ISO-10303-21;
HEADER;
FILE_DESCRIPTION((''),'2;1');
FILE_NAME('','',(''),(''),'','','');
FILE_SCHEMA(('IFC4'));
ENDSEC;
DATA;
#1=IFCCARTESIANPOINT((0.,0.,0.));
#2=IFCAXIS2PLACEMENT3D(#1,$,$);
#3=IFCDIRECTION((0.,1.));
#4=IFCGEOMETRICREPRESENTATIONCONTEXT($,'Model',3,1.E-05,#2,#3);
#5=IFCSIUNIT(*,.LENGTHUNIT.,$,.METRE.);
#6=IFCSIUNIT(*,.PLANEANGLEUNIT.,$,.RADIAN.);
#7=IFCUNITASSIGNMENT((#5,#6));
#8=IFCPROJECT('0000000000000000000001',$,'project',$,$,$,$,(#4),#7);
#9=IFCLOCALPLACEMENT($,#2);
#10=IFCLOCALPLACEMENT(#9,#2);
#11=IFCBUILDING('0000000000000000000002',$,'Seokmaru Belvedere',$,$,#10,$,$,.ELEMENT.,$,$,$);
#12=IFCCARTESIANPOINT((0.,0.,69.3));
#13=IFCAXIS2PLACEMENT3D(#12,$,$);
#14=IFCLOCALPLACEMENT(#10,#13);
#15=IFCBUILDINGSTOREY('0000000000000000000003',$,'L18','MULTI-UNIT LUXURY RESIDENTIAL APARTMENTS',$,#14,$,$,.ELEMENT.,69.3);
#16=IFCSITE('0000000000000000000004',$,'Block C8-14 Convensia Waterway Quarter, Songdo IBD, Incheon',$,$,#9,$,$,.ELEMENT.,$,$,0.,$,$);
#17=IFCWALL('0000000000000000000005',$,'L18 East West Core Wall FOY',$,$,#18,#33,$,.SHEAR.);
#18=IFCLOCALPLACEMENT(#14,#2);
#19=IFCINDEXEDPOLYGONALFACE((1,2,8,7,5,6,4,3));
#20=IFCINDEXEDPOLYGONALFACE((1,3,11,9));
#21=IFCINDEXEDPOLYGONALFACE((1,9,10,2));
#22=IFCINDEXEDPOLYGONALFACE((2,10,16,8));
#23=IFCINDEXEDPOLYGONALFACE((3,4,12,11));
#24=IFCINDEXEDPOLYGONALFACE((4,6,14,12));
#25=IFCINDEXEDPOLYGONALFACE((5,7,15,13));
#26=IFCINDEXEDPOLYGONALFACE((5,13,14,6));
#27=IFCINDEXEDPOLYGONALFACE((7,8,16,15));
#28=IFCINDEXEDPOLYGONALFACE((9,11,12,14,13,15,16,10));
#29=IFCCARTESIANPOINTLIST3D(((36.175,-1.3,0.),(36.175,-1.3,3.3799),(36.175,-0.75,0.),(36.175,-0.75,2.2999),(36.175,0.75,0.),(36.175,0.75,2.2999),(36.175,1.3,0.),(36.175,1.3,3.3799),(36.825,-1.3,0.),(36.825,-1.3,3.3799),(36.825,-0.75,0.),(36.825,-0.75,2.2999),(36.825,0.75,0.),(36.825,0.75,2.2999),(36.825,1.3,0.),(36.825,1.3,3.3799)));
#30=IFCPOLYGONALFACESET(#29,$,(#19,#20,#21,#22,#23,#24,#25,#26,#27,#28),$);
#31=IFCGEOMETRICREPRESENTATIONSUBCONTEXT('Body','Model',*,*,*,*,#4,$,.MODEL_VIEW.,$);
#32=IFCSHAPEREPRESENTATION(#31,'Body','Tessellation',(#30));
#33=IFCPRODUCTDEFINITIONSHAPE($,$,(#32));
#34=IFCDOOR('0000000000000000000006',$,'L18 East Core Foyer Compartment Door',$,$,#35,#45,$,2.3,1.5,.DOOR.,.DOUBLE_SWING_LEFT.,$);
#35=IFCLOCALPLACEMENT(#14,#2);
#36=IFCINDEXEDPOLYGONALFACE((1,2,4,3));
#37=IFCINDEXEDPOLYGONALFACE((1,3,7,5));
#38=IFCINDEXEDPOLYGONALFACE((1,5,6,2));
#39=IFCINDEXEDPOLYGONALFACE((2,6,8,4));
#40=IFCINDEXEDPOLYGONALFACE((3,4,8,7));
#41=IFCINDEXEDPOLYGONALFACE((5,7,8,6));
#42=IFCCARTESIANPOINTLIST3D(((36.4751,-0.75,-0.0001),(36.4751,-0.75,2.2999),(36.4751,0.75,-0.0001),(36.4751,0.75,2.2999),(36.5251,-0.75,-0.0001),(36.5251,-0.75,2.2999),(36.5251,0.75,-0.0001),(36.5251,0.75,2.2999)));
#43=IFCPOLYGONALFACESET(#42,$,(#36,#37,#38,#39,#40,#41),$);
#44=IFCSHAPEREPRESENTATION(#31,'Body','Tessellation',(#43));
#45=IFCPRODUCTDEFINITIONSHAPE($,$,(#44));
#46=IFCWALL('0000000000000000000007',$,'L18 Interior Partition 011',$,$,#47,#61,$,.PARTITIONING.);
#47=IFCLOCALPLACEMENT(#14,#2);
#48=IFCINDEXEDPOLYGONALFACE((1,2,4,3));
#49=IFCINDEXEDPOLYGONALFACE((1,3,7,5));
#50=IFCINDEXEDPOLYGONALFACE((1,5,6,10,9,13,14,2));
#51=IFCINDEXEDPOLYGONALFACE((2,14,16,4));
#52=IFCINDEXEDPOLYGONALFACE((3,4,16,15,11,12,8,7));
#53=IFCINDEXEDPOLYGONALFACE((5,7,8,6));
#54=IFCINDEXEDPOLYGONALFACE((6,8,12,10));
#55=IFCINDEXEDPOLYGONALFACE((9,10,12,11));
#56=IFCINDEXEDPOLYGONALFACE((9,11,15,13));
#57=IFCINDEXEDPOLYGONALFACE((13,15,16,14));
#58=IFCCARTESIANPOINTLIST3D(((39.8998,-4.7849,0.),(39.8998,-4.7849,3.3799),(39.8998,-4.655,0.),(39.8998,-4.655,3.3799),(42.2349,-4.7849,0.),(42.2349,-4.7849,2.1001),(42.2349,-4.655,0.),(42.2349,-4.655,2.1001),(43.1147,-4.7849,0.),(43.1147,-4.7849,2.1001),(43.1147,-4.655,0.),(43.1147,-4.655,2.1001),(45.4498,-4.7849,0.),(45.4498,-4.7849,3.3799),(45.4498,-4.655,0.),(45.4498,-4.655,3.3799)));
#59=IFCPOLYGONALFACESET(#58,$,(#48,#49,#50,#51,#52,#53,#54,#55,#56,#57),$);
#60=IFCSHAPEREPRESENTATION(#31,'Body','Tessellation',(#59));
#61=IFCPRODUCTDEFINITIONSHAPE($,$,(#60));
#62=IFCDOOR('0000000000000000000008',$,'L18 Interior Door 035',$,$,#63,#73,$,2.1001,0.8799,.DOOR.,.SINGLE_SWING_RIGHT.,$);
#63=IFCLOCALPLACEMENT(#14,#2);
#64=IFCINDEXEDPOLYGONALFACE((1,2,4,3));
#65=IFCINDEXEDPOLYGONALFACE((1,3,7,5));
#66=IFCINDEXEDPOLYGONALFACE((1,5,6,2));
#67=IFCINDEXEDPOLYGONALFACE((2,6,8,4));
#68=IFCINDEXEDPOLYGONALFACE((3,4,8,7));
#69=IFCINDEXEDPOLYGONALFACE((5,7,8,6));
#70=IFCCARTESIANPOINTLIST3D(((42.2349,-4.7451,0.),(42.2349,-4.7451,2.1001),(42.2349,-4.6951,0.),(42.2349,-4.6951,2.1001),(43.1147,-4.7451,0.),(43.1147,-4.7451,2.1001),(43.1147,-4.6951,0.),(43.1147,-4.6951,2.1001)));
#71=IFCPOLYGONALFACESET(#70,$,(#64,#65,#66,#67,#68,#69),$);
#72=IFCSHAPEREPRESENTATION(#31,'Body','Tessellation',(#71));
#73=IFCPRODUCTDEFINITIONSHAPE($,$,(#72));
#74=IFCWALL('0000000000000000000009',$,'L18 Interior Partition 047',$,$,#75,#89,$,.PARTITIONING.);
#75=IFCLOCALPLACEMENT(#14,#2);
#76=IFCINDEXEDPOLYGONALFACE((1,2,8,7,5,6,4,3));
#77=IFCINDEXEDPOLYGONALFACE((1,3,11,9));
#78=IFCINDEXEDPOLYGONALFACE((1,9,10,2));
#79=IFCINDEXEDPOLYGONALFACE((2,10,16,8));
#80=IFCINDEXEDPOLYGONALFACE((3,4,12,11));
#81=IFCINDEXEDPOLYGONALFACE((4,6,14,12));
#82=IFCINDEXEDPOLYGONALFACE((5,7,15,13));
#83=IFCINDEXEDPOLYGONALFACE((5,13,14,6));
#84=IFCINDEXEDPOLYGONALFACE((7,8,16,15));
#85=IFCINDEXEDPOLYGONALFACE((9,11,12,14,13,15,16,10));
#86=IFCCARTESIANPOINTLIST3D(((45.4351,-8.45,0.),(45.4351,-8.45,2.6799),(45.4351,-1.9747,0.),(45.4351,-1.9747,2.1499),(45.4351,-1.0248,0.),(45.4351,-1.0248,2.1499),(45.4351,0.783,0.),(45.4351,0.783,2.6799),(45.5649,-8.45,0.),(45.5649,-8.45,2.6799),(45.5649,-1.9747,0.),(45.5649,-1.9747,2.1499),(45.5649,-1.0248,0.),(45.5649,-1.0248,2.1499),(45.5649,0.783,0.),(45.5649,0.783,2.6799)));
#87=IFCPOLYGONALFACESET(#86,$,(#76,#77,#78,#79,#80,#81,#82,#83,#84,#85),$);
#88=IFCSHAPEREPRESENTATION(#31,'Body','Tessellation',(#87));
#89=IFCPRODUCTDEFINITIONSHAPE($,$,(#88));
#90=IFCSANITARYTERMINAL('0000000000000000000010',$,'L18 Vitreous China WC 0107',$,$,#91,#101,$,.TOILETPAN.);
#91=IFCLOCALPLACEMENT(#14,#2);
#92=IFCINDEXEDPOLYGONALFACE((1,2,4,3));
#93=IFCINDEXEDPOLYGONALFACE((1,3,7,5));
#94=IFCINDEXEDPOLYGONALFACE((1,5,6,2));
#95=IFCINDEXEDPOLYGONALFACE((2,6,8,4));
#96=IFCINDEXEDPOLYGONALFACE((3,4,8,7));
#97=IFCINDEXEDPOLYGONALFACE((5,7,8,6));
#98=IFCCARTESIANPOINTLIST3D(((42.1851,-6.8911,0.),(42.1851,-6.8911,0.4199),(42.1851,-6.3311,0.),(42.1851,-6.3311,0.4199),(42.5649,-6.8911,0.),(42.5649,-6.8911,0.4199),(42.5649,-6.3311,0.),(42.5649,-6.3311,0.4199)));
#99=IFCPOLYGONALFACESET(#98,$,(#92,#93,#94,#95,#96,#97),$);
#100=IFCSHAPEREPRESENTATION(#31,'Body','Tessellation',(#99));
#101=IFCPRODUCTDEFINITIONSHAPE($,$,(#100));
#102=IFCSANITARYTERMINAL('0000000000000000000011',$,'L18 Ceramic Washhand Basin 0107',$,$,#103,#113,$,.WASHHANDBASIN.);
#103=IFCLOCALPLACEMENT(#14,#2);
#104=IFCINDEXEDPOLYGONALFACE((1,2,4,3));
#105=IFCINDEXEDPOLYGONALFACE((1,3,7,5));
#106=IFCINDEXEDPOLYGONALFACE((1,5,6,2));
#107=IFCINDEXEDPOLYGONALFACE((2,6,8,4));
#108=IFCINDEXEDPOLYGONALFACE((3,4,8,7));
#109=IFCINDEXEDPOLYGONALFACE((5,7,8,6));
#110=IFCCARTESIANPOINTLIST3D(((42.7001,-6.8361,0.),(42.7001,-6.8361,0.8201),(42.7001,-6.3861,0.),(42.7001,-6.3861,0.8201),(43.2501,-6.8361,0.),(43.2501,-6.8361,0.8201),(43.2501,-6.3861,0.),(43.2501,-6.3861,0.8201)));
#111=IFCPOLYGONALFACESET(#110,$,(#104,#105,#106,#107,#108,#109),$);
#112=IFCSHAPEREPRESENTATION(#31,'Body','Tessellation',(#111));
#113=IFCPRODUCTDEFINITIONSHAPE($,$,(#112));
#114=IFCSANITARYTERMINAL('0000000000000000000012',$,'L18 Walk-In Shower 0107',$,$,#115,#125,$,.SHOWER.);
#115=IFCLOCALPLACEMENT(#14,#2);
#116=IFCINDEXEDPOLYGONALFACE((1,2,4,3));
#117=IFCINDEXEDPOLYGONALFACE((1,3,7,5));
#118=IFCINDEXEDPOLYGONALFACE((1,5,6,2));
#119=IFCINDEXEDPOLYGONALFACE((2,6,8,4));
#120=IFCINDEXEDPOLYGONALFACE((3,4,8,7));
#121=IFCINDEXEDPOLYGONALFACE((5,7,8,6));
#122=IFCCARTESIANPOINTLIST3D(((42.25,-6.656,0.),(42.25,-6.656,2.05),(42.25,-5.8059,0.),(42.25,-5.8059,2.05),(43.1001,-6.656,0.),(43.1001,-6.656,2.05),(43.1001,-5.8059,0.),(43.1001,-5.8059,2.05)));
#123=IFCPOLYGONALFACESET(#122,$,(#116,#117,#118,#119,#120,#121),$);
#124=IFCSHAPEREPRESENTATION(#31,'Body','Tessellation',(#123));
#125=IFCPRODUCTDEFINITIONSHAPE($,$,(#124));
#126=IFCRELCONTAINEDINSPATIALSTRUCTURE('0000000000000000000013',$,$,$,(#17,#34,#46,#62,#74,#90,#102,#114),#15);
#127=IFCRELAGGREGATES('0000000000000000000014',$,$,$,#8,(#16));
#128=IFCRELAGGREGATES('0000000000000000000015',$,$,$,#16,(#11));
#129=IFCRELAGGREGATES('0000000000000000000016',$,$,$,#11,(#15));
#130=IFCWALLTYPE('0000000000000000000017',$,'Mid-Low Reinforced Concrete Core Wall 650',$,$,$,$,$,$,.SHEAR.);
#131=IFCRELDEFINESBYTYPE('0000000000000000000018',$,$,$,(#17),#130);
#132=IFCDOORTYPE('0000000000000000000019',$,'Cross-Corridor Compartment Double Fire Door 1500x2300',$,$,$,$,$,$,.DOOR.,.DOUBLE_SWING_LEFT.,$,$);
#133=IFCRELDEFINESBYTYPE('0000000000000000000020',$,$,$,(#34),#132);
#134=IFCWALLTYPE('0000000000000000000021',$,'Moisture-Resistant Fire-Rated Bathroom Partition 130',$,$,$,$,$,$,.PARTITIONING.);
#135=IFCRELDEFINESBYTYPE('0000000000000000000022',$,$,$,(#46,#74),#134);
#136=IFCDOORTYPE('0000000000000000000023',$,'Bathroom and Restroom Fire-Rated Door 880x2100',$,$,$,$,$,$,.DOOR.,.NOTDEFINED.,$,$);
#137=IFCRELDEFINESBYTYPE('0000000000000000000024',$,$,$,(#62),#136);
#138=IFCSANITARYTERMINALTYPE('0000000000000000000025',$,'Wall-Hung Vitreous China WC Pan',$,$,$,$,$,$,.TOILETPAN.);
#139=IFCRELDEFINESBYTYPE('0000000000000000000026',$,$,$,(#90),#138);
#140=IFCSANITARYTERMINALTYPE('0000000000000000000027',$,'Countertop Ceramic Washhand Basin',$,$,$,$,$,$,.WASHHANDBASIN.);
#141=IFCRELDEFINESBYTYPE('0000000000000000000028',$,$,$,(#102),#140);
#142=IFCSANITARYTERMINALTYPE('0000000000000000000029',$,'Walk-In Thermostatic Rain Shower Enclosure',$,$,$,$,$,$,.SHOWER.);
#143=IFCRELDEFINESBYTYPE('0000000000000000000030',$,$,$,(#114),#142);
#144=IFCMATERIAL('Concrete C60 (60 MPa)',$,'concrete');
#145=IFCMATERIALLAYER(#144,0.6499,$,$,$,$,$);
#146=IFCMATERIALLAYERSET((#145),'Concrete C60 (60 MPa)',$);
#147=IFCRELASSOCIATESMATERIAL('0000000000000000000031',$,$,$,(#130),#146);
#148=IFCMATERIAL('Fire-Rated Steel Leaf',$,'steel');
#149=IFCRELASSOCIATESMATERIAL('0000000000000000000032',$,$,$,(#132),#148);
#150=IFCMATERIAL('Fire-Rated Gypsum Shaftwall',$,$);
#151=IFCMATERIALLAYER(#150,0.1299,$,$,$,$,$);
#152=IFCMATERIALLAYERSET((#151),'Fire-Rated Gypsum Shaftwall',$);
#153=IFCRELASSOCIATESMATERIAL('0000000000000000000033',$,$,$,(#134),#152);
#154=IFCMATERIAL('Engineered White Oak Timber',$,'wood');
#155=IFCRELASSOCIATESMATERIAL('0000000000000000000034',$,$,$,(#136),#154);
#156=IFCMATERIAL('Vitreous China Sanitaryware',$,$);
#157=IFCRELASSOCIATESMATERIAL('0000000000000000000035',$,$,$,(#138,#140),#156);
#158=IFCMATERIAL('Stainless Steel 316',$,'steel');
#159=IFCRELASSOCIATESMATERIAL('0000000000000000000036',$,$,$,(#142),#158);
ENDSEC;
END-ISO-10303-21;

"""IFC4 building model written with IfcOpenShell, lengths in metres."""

from ifc_helpers import new_model, si_unit, direction, frame, frame_2d, origin, origin_2d, place, context, subcontext, project, spatial, rectangle, extrude, source, transform, mapped, material, layer, layer_set, type_object, type_shapes, element, fill, save


model = new_model("IFC4")

# Units and contexts
model_context = context("Model", 3, precision=1e-05, world=origin(), true_north=direction((0.0, 1.0)))
body_context = subcontext(model_context, "Body", "Model", "MODEL_VIEW")
ifc_project = project(units=[si_unit("LENGTHUNIT", "METRE"), si_unit("PLANEANGLEUNIT", "RADIAN")], contexts=[model_context])

# Site, building, storey
site_placement = place(None, origin())
site = spatial("IfcSite", under=ifc_project, at=site_placement, Name="Block C8-14 Convensia Waterway Quarter, Songdo IBD, Incheon", CompositionType="ELEMENT", RefElevation=0.0)
building_placement = place(site_placement, origin())
building = spatial("IfcBuilding", under=site, at=building_placement, Name="Seokmaru Belvedere", CompositionType="ELEMENT")
storey_placement = place(building_placement, frame((0.0, 0.0, 69.3)))
storey = spatial("IfcBuildingStorey", under=building, at=storey_placement, Name="L18", Description="MULTI-UNIT LUXURY RESIDENTIAL APARTMENTS", CompositionType="ELEMENT", Elevation=69.3)

# Shared definitions
ifc_material_1 = material(Name="Fire-Rated Gypsum Shaftwall")

# Walls, openings, doors
ifc_material_2 = material(Name="Concrete C60 (60 MPa)", Category="concrete")
ifc_layer_1 = layer(ifc_material_2, 0.6499)
ifc_layer_set_1 = layer_set([ifc_layer_1], Name="Concrete C60 (60 MPa)")
wall_type_1 = type_object("IfcWallType", Name="Mid-Low Reinforced Concrete Core Wall 650", PredefinedType="SHEAR", material=ifc_layer_set_1)
wall_1_placement = place(storey_placement, frame((36.5, -1.3, 0.0), z_axis=(0.0, 0.0, 1.0), x_axis=(0.0, 1.0, 0.0)))
wall_1 = element("IfcWall", 1, at=wall_1_placement, inside=storey, type_object=wall_type_1, Name="L18 East West Core Wall FOY", PredefinedType="SHEAR", context=body_context, shape_type="SweptSolid", body=[
    extrude(rectangle(XDim=2.6001, YDim=0.6499, at=frame_2d((1.3, 0.0))), origin(), (0.0, 0.0, 1.0), 3.3799),
])
opening_1_placement = place(wall_1_placement, frame((0.55, 0.0, 0.0)))
opening_1 = element("IfcOpeningElement", 2, at=opening_1_placement, cuts=wall_1, PredefinedType="OPENING", context=body_context, shape_type="SweptSolid", body=[
    extrude(rectangle(XDim=1.5, YDim=2.3, at=frame_2d((0.75, 1.1499))), frame((0.0, 0.335, 0.0), z_axis=(0.0, -1.0, 0.0), x_axis=(1.0, 0.0, 0.0)), (0.0, 0.0, 1.0), 0.6699),
])
ifc_material_3 = material(Name="Fire-Rated Steel Leaf", Category="steel")
door_type_1 = type_object("IfcDoorType", Name="Cross-Corridor Compartment Double Fire Door 1500x2300", OperationType="DOUBLE_SWING_LEFT", PredefinedType="DOOR", material=ifc_material_3)
shared_shape_1 = source(origin(), body_context, "Body", "SweptSolid", [
    extrude(rectangle(XDim=1.5, YDim=2.3, at=frame_2d((0.75, 1.1499))), frame((0.0, 0.0249, 0.0), z_axis=(0.0, -1.0, 0.0), x_axis=(1.0, 0.0, 0.0)), (0.0, 0.0, 1.0), 0.05),
])
type_shapes(door_type_1, [shared_shape_1])
door_1_placement = place(opening_1_placement, origin())
door_1 = element("IfcDoor", 3, at=door_1_placement, inside=storey, type_object=door_type_1, Name="L18 East Core Foyer Compartment Door", OperationType="DOUBLE_SWING_LEFT", OverallHeight=2.3, OverallWidth=1.5, PredefinedType="DOOR", context=body_context, shape_type="MappedRepresentation", body=[
    mapped(shared_shape_1, transform((0.0, 0.0, 0.0), scale=1.0)),
])
fill(opening_1, door_1)
ifc_layer_2 = layer(ifc_material_1, 0.1299)
ifc_layer_set_2 = layer_set([ifc_layer_2], Name="Fire-Rated Gypsum Shaftwall")
wall_type_2 = type_object("IfcWallType", Name="Moisture-Resistant Fire-Rated Bathroom Partition 130", PredefinedType="PARTITIONING", material=ifc_layer_set_2)
wall_2_placement = place(storey_placement, frame((39.8999, -4.72, 0.0), z_axis=(0.0, 0.0, 1.0), x_axis=(1.0, 0.0, 0.0)))
wall_2 = element("IfcWall", 4, at=wall_2_placement, inside=storey, type_object=wall_type_2, Name="L18 Interior Partition 011", PredefinedType="PARTITIONING", context=body_context, shape_type="SweptSolid", body=[
    extrude(rectangle(XDim=5.55, YDim=0.1299, at=frame_2d((2.7749, 0.0))), origin(), (0.0, 0.0, 1.0), 3.3799),
])
opening_2_placement = place(wall_2_placement, frame((2.335, 0.0, 0.0)))
opening_2 = element("IfcOpeningElement", 5, at=opening_2_placement, cuts=wall_2, PredefinedType="OPENING", context=body_context, shape_type="SweptSolid", body=[
    extrude(rectangle(XDim=0.8799, YDim=2.1001, at=frame_2d((0.4399, 1.05))), frame((0.0, 0.075, 0.0), z_axis=(0.0, -1.0, 0.0), x_axis=(1.0, 0.0, 0.0)), (0.0, 0.0, 1.0), 0.1499),
])
ifc_material_4 = material(Name="Engineered White Oak Timber", Category="wood")
door_type_2 = type_object("IfcDoorType", Name="Bathroom and Restroom Fire-Rated Door 880x2100", OperationType="NOTDEFINED", PredefinedType="DOOR", material=ifc_material_4)
shared_shape_2 = source(origin(), body_context, "Body", "SweptSolid", [
    extrude(rectangle(XDim=0.8799, YDim=2.1001, at=frame_2d((0.4399, 1.05))), frame((0.0, 0.0249, 0.0), z_axis=(0.0, -1.0, 0.0), x_axis=(1.0, 0.0, 0.0)), (0.0, 0.0, 1.0), 0.05),
])
type_shapes(door_type_2, [shared_shape_2])
door_2_placement = place(opening_2_placement, origin())
door_2 = element("IfcDoor", 6, at=door_2_placement, inside=storey, type_object=door_type_2, Name="L18 Interior Door 035", OperationType="SINGLE_SWING_RIGHT", OverallHeight=2.1001, OverallWidth=0.8799, PredefinedType="DOOR", context=body_context, shape_type="MappedRepresentation", body=[
    mapped(shared_shape_2, transform((0.0, 0.0, 0.0), scale=1.0)),
])
fill(opening_2, door_2)

# Wall, opening
wall_3_placement = place(storey_placement, frame((45.5, -8.45, 0.0), z_axis=(0.0, 0.0, 1.0), x_axis=(0.0, 1.0, 0.0)))
wall_3 = element("IfcWall", 7, at=wall_3_placement, inside=storey, type_object=wall_type_2, Name="L18 Interior Partition 047", PredefinedType="PARTITIONING", context=body_context, shape_type="SweptSolid", body=[
    extrude(rectangle(XDim=9.2329, YDim=0.1299, at=frame_2d((4.6165, 0.0))), origin(), (0.0, 0.0, 1.0), 2.6799),
])
opening_3_placement = place(wall_3_placement, frame((6.4751, 0.0, 0.0)))
element("IfcOpeningElement", 8, at=opening_3_placement, cuts=wall_3, PredefinedType="OPENING", context=body_context, shape_type="SweptSolid", body=[
    extrude(rectangle(XDim=0.95, YDim=2.1499, at=frame_2d((0.4751, 1.075))), frame((0.0, 0.075, 0.0), z_axis=(0.0, -1.0, 0.0), x_axis=(1.0, 0.0, 0.0)), (0.0, 0.0, 1.0), 0.1499),
])

# Sanitary terminals
ifc_material_5 = material(Name="Vitreous China Sanitaryware")
sanitary_terminal_type_1 = type_object("IfcSanitaryTerminalType", Name="Wall-Hung Vitreous China WC Pan", PredefinedType="TOILETPAN", material=ifc_material_5)
shared_shape_3 = source(origin(), body_context, "Body", "SweptSolid", [
    extrude(rectangle(XDim=0.3799, YDim=0.5601, at=origin_2d()), origin(), (0.0, 0.0, 1.0), 0.4199),
])
type_shapes(sanitary_terminal_type_1, [shared_shape_3])
sanitary_terminal_1_placement = place(storey_placement, frame((42.375, -6.6111, 0.0), z_axis=(0.0, 0.0, 1.0), x_axis=(1.0, 0.0, 0.0)))
element("IfcSanitaryTerminal", 9, at=sanitary_terminal_1_placement, inside=storey, type_object=sanitary_terminal_type_1, Name="L18 Vitreous China WC 0107", PredefinedType="TOILETPAN", context=body_context, shape_type="MappedRepresentation", body=[
    mapped(shared_shape_3, transform((0.0, 0.0, 0.0), scale=1.0)),
])
sanitary_terminal_type_2 = type_object("IfcSanitaryTerminalType", Name="Countertop Ceramic Washhand Basin", PredefinedType="WASHHANDBASIN", material=ifc_material_5)
shared_shape_4 = source(origin(), body_context, "Body", "SweptSolid", [
    extrude(rectangle(XDim=0.55, YDim=0.45, at=origin_2d()), origin(), (0.0, 0.0, 1.0), 0.8201),
])
type_shapes(sanitary_terminal_type_2, [shared_shape_4])
sanitary_terminal_2_placement = place(storey_placement, frame((42.9751, -6.6111, 0.0), z_axis=(0.0, 0.0, 1.0), x_axis=(1.0, 0.0, 0.0)))
element("IfcSanitaryTerminal", 10, at=sanitary_terminal_2_placement, inside=storey, type_object=sanitary_terminal_type_2, Name="L18 Ceramic Washhand Basin 0107", PredefinedType="WASHHANDBASIN", context=body_context, shape_type="MappedRepresentation", body=[
    mapped(shared_shape_4, transform((0.0, 0.0, 0.0), scale=1.0)),
])
ifc_material_6 = material(Name="Stainless Steel 316", Category="steel")
sanitary_terminal_type_3 = type_object("IfcSanitaryTerminalType", Name="Walk-In Thermostatic Rain Shower Enclosure", PredefinedType="SHOWER", material=ifc_material_6)
shared_shape_5 = source(origin(), body_context, "Body", "SweptSolid", [
    extrude(rectangle(XDim=0.8501, YDim=0.8501, at=origin_2d()), origin(), (0.0, 0.0, 1.0), 2.05),
])
type_shapes(sanitary_terminal_type_3, [shared_shape_5])
sanitary_terminal_3_placement = place(storey_placement, frame((42.675, -6.231, 0.0), z_axis=(0.0, 0.0, 1.0), x_axis=(1.0, 0.0, 0.0)))
element("IfcSanitaryTerminal", 11, at=sanitary_terminal_3_placement, inside=storey, type_object=sanitary_terminal_type_3, Name="L18 Walk-In Shower 0107", PredefinedType="SHOWER", context=body_context, shape_type="MappedRepresentation", body=[
    mapped(shared_shape_5, transform((0.0, 0.0, 0.0), scale=1.0)),
])

save(model, "model.ifc")
